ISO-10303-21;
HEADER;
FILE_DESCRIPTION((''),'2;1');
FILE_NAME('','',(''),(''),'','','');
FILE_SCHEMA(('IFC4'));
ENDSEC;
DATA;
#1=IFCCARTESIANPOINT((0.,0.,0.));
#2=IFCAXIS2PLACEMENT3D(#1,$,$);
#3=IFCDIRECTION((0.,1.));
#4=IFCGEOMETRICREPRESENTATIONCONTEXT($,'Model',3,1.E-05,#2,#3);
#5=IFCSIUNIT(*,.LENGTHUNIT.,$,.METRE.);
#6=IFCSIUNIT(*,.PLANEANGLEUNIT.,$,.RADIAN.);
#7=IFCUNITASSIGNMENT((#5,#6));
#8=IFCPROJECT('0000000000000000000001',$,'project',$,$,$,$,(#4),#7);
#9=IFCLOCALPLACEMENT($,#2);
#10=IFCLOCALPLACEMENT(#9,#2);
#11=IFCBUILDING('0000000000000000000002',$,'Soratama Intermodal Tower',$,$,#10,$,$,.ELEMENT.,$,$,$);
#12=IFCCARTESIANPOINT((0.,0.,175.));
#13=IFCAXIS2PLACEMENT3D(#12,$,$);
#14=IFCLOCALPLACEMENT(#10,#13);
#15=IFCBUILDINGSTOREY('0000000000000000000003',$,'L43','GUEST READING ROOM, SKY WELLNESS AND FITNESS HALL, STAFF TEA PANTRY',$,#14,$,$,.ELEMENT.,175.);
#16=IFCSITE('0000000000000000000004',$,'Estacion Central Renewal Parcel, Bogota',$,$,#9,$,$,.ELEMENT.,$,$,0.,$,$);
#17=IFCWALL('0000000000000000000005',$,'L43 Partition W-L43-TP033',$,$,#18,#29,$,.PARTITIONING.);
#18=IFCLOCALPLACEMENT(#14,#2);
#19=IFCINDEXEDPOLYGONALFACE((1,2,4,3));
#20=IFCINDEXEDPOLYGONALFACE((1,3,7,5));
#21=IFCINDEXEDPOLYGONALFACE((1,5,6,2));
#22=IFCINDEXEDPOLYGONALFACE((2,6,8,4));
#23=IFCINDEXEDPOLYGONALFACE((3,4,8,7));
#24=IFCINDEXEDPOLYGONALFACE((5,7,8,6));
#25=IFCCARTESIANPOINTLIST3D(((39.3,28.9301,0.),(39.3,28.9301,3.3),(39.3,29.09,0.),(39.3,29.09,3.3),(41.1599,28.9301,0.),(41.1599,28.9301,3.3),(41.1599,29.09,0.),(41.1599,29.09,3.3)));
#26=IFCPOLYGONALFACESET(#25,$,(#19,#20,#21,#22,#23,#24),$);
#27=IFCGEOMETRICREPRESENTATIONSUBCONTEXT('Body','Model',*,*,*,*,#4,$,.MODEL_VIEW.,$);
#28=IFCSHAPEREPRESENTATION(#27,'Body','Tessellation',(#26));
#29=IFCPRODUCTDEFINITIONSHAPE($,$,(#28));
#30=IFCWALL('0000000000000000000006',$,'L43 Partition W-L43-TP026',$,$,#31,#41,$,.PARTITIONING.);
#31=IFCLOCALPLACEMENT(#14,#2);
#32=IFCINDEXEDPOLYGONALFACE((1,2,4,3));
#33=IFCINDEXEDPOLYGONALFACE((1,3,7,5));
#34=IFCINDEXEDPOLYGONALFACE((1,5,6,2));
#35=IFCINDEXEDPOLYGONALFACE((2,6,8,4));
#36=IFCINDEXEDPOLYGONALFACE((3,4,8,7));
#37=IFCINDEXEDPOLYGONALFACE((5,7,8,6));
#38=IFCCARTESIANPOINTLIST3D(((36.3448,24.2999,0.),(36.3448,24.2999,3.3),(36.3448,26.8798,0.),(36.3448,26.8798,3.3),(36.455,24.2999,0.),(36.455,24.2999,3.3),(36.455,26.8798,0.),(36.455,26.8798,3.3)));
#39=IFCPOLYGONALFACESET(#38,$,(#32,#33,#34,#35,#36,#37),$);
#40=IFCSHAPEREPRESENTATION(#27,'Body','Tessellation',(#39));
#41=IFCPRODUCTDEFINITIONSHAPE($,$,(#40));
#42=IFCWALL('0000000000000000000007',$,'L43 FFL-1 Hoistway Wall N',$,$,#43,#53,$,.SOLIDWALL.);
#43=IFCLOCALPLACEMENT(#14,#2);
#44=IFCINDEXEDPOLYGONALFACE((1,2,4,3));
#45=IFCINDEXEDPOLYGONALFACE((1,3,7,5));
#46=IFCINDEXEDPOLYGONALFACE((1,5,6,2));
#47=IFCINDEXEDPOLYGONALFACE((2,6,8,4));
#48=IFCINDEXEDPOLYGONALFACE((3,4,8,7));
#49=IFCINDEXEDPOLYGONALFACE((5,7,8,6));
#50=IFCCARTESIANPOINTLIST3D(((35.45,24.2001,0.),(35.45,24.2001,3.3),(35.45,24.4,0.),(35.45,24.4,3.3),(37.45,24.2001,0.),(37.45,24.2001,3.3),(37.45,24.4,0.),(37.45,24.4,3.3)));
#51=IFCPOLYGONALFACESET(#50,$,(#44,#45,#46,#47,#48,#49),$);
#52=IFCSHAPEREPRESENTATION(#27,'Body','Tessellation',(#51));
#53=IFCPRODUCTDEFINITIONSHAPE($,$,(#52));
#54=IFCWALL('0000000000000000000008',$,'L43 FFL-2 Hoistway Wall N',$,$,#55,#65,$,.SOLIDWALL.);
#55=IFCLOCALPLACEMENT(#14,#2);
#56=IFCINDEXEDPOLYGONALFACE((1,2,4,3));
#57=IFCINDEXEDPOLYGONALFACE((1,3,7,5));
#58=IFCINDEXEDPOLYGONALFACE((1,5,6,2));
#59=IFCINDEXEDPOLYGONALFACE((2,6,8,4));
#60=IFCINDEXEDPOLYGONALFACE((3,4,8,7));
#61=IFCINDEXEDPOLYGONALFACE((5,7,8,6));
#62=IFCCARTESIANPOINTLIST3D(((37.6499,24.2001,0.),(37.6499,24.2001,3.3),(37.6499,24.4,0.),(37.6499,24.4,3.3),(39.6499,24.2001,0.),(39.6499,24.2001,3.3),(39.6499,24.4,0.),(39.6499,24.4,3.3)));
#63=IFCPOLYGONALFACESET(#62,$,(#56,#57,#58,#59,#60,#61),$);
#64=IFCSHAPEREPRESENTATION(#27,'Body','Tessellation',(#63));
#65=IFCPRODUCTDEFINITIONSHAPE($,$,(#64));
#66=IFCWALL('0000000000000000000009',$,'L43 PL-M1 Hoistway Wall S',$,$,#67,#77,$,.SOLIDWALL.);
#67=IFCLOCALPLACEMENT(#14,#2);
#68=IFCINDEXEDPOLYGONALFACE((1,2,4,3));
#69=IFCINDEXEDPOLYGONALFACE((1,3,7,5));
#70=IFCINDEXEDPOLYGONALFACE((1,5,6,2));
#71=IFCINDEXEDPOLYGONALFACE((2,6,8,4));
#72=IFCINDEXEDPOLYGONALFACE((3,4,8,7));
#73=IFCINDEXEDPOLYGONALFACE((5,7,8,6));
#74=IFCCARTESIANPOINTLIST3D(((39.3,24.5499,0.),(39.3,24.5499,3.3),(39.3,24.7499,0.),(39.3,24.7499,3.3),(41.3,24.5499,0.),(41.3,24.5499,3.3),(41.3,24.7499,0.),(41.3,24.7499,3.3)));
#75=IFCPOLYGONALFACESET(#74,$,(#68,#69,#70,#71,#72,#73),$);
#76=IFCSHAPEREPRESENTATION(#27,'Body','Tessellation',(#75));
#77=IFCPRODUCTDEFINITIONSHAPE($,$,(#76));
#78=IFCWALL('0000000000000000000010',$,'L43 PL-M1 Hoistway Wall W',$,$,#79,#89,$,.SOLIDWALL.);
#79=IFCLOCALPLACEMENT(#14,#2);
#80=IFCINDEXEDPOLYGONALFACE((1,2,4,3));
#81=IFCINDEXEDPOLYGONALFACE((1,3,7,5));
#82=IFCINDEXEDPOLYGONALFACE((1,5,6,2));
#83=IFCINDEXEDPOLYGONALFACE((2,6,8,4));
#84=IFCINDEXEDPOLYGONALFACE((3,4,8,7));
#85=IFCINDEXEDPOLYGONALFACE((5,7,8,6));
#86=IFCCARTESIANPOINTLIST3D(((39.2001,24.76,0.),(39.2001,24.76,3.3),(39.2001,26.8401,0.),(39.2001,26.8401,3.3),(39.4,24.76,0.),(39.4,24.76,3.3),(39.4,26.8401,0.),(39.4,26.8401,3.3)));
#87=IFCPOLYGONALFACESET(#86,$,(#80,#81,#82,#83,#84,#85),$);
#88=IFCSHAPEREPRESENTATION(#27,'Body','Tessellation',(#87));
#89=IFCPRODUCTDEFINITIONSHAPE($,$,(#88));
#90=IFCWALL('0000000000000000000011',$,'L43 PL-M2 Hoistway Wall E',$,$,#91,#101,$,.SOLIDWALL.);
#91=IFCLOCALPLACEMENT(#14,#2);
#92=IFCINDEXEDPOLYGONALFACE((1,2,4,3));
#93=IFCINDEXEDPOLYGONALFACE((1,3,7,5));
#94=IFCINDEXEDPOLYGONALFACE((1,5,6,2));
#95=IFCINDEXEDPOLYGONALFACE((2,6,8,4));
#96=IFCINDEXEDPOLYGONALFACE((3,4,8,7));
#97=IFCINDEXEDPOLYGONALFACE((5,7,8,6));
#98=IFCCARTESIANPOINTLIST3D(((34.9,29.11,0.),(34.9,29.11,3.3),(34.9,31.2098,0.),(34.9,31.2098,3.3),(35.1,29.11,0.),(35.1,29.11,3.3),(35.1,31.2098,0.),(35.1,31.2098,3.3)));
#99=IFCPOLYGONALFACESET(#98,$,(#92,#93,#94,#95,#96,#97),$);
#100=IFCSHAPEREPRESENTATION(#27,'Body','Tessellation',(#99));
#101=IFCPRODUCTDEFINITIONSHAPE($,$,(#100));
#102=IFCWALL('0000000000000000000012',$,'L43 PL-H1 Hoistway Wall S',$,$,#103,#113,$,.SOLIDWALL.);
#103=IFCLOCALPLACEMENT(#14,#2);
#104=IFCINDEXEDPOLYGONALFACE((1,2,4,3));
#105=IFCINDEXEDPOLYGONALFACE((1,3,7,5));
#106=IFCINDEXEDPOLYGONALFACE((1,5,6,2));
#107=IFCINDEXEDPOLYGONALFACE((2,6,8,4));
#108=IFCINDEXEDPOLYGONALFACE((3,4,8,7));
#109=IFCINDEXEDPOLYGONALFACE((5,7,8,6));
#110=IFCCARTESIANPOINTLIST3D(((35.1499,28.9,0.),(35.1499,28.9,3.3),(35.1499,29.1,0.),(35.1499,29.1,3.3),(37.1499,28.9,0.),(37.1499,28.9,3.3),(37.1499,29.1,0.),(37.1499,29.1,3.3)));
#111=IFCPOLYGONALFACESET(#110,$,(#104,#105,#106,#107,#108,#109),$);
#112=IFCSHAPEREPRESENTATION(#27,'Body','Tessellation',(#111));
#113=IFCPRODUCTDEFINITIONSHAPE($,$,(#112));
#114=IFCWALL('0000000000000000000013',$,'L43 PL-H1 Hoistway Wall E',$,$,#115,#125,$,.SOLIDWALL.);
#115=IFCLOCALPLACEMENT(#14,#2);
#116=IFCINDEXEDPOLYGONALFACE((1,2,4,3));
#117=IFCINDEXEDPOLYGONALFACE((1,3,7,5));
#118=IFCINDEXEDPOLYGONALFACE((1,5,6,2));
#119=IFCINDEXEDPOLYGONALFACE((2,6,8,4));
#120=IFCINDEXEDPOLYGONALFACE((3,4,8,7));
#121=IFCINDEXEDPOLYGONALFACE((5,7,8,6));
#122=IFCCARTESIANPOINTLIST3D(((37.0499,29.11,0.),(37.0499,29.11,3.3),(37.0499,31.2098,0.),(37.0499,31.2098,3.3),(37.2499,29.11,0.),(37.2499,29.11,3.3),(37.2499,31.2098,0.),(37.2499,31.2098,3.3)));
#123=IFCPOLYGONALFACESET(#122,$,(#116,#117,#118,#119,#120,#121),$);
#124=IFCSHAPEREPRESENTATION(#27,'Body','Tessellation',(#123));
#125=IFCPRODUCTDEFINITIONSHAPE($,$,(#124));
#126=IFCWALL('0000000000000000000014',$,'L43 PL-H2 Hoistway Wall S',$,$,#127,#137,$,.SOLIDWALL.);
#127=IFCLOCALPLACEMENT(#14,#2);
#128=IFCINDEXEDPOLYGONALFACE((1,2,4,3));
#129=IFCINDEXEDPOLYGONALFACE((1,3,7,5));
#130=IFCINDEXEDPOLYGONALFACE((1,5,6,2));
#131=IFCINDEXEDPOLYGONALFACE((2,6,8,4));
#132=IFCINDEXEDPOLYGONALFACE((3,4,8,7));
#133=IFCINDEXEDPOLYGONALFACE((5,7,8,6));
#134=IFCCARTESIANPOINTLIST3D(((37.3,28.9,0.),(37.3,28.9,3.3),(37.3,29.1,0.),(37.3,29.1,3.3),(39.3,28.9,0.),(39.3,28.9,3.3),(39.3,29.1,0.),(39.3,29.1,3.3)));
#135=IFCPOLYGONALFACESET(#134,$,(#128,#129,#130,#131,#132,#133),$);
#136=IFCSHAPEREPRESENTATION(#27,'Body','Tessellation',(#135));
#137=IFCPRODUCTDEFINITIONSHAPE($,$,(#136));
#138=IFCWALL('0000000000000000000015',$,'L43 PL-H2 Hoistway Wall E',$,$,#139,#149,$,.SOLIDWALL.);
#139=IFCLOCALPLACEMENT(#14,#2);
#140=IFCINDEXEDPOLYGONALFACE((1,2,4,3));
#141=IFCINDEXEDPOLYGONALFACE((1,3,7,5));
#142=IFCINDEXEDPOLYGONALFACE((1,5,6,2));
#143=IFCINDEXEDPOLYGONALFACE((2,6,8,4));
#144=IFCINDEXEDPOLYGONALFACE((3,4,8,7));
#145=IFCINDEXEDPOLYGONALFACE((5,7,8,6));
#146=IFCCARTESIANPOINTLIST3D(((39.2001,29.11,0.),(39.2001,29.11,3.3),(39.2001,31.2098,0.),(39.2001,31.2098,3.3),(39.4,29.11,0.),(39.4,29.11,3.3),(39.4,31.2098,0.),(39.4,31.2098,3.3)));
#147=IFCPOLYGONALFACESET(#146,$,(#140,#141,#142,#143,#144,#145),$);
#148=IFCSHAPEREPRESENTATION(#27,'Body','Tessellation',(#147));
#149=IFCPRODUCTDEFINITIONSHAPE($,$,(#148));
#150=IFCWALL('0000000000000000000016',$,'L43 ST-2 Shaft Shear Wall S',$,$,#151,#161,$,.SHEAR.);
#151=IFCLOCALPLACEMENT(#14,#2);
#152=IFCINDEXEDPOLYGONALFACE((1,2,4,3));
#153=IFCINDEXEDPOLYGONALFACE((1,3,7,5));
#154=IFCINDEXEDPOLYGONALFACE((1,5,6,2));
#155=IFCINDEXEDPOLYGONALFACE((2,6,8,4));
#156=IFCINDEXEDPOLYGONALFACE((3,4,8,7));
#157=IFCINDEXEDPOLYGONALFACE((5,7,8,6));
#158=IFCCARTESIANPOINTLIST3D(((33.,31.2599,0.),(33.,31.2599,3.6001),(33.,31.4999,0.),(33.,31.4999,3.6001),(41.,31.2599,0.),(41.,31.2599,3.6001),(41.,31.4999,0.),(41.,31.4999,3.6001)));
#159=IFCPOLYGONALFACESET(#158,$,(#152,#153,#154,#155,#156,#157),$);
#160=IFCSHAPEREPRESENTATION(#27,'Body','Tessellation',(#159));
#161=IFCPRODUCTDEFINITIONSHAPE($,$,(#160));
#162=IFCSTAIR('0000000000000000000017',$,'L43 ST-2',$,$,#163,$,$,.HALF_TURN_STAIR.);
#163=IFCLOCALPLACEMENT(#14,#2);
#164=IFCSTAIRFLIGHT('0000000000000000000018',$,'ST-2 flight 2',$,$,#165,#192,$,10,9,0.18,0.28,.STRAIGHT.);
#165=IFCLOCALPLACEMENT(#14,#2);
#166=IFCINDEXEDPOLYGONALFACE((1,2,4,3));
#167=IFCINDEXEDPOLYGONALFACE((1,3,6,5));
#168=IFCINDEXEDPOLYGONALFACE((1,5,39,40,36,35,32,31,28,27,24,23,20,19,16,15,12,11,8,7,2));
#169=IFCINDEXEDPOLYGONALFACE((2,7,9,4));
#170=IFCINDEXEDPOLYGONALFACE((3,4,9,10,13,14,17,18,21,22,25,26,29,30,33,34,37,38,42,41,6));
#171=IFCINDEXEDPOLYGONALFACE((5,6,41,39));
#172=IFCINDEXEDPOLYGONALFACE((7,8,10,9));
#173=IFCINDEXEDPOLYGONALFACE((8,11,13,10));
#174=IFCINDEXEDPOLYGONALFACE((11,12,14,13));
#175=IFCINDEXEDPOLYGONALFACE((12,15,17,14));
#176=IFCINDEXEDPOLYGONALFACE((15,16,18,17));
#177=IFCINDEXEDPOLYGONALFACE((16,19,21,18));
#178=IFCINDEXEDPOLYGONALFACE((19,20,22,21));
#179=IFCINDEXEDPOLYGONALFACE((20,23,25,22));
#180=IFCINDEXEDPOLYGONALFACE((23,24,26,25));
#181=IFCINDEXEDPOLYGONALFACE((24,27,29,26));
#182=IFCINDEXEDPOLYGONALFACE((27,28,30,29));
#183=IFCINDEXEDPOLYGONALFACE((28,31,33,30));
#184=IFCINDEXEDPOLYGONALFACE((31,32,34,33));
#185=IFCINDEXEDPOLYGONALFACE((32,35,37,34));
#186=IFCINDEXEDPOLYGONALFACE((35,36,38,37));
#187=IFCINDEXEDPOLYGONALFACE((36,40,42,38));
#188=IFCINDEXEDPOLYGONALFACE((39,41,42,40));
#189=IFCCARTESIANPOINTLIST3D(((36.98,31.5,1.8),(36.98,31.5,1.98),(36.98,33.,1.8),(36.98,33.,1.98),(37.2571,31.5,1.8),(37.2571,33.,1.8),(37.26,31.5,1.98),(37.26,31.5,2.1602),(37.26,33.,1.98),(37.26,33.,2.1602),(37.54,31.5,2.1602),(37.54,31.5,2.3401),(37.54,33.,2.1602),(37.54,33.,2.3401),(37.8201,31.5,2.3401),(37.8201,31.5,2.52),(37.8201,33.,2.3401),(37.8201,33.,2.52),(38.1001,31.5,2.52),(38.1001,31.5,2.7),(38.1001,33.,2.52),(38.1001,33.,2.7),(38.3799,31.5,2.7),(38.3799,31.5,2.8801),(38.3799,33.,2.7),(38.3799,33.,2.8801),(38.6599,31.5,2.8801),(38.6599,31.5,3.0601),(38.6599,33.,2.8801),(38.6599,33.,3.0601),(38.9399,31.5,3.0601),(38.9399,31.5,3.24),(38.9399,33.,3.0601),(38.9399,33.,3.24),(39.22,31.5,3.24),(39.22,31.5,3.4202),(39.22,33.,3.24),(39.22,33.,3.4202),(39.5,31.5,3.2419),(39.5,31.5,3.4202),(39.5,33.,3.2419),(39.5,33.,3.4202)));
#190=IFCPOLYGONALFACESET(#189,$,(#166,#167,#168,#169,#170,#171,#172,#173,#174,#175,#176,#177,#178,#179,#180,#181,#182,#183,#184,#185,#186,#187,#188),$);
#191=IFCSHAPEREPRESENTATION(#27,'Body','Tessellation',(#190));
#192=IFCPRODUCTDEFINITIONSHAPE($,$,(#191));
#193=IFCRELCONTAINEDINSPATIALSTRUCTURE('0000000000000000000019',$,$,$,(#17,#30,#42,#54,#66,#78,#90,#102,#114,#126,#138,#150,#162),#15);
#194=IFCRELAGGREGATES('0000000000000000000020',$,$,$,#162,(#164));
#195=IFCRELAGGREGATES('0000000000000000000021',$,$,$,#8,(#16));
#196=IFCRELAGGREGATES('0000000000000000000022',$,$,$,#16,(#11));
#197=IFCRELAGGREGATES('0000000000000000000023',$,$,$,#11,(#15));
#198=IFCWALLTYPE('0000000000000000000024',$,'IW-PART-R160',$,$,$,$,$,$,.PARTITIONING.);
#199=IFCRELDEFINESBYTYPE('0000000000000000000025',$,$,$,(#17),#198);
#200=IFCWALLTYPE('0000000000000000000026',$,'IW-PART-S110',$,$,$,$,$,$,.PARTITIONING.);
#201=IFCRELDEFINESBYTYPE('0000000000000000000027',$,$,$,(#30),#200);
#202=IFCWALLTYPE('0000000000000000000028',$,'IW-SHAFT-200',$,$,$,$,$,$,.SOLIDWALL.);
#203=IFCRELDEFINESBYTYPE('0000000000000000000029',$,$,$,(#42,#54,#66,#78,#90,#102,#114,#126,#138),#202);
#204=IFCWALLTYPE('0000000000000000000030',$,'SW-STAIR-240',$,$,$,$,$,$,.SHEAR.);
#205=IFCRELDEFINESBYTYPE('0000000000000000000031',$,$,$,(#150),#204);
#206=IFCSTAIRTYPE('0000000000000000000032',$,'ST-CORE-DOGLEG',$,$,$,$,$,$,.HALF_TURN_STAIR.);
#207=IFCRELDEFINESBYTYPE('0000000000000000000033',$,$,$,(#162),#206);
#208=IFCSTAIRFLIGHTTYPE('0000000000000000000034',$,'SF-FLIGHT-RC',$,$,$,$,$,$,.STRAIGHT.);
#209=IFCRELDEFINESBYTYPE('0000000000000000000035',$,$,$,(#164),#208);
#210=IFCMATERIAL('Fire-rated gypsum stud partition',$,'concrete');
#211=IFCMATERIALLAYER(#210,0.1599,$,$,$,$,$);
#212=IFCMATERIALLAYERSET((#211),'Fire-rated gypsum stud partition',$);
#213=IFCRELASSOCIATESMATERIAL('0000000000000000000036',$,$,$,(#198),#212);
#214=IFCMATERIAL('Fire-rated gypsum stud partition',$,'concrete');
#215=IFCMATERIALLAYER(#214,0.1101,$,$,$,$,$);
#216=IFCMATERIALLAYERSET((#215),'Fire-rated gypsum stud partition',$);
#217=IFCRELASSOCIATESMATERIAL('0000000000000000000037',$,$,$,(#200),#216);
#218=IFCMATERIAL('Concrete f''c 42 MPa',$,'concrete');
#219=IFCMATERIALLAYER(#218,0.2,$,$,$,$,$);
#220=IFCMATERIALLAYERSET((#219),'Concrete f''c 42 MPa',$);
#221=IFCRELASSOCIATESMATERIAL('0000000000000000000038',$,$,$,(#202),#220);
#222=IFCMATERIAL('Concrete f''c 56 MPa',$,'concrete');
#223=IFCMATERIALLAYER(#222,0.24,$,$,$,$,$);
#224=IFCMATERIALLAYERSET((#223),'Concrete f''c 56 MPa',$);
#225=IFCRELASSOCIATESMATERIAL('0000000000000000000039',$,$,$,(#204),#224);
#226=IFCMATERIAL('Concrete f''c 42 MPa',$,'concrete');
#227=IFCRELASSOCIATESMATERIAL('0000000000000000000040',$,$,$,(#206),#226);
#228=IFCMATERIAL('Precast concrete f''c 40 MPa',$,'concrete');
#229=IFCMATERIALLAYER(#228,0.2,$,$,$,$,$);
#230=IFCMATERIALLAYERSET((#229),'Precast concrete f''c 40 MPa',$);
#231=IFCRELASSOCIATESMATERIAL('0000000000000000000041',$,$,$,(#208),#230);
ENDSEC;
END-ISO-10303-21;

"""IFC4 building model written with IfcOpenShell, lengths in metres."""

from ifc_helpers import new_model, si_unit, direction, frame, frame_2d, origin, place, context, subcontext, project, spatial, polyline, rectangle, outline, extrude, material, layer, layer_set, type_object, element, aggregate, save


model = new_model("IFC4")

# Units and contexts
model_context = context("Model", 3, precision=1e-05, world=origin(), true_north=direction((0.0, 1.0)))
body_context = subcontext(model_context, "Body", "Model", "MODEL_VIEW")
ifc_project = project(units=[si_unit("LENGTHUNIT", "METRE"), si_unit("PLANEANGLEUNIT", "RADIAN")], contexts=[model_context])

# Site, building, storey
site_placement = place(None, origin())
site = spatial("IfcSite", under=ifc_project, at=site_placement, Name="Estacion Central Renewal Parcel, Bogota", CompositionType="ELEMENT", RefElevation=0.0)
building_placement = place(site_placement, origin())
building = spatial("IfcBuilding", under=site, at=building_placement, Name="Soratama Intermodal Tower", CompositionType="ELEMENT")
storey_placement = place(building_placement, frame((0.0, 0.0, 175.0)))
storey = spatial("IfcBuildingStorey", under=building, at=storey_placement, Name="L43", Description="GUEST READING ROOM, SKY WELLNESS AND FITNESS HALL, STAFF TEA PANTRY", CompositionType="ELEMENT", Elevation=175.0)

# Shared definitions
ifc_material_1 = material(Name="Fire-rated gypsum stud partition", Category="concrete")
ifc_layer_1 = layer(ifc_material_1, 0.1599)
ifc_layer_set_1 = layer_set([ifc_layer_1], Name="Fire-rated gypsum stud partition")
wall_type_1 = type_object("IfcWallType", Name="IW-PART-R160", PredefinedType="PARTITIONING", material=ifc_layer_set_1)

# Walls
wall_1_placement = place(storey_placement, frame((39.3, 29.01, 0.0), z_axis=(0.0, 0.0, 1.0), x_axis=(1.0, 0.0, 0.0)))
element("IfcWall", 1, at=wall_1_placement, inside=storey, type_object=wall_type_1, Name="L43 Partition W-L43-TP033", PredefinedType="PARTITIONING", context=body_context, shape_type="SweptSolid", body=[
    extrude(rectangle(XDim=1.8599, YDim=0.1599, at=frame_2d((0.9299, 0.0))), origin(), (0.0, 0.0, 1.0), 3.3),
])
ifc_material_2 = material(Name="Fire-rated gypsum stud partition", Category="concrete")
ifc_layer_2 = layer(ifc_material_2, 0.1101)
ifc_layer_set_2 = layer_set([ifc_layer_2], Name="Fire-rated gypsum stud partition")
wall_type_2 = type_object("IfcWallType", Name="IW-PART-S110", PredefinedType="PARTITIONING", material=ifc_layer_set_2)
wall_2_placement = place(storey_placement, frame((36.3999, 26.8799, 0.0), z_axis=(0.0, 0.0, 1.0), x_axis=(0.0, -1.0, 0.0)))
element("IfcWall", 2, at=wall_2_placement, inside=storey, type_object=wall_type_2, Name="L43 Partition W-L43-TP026", PredefinedType="PARTITIONING", context=body_context, shape_type="SweptSolid", body=[
    extrude(rectangle(XDim=2.5798, YDim=0.1101, at=frame_2d((1.29, 0.0))), origin(), (0.0, 0.0, 1.0), 3.3),
])
ifc_material_3 = material(Name="Concrete f'c 42 MPa", Category="concrete")
ifc_layer_3 = layer(ifc_material_3, 0.2)
ifc_layer_set_3 = layer_set([ifc_layer_3], Name="Concrete f'c 42 MPa")
wall_type_3 = type_object("IfcWallType", Name="IW-SHAFT-200", PredefinedType="SOLIDWALL", material=ifc_layer_set_3)
for number, where, z_axis, x_axis, name in (
    (3, (35.45, 24.3, 0.0), (0.0, 0.0, 1.0), (1.0, 0.0, 0.0), "L43 FFL-1 Hoistway Wall N"),
    (4, (37.6499, 24.3, 0.0), (0.0, 0.0, 1.0), (1.0, 0.0, 0.0), "L43 FFL-2 Hoistway Wall N"),
    (5, (39.3, 24.6499, 0.0), (0.0, 0.0, 1.0), (1.0, 0.0, 0.0), "L43 PL-M1 Hoistway Wall S"),
):
    element("IfcWall", number, at=place(storey_placement, frame(where, z_axis=z_axis, x_axis=x_axis)), inside=storey, type_object=wall_type_3, Name=name, PredefinedType="SOLIDWALL", context=body_context, shape_type="SweptSolid", body=[
        extrude(rectangle(XDim=2.0, YDim=0.2, at=frame_2d((1.0, 0.0))), origin(), (0.0, 0.0, 1.0), 3.3),
    ])

# Walls
wall_3_placement = place(storey_placement, frame((39.3, 24.76, 0.0), z_axis=(0.0, 0.0, 1.0), x_axis=(0.0, 1.0, 0.0)))
element("IfcWall", 6, at=wall_3_placement, inside=storey, type_object=wall_type_3, Name="L43 PL-M1 Hoistway Wall W", PredefinedType="SOLIDWALL", context=body_context, shape_type="SweptSolid", body=[
    extrude(rectangle(XDim=2.0801, YDim=0.2, at=frame_2d((1.04, 0.0))), origin(), (0.0, 0.0, 1.0), 3.3),
])
wall_4_placement = place(storey_placement, frame((35.0, 29.1101, 0.0), z_axis=(0.0, 0.0, 1.0), x_axis=(0.0, 1.0, 0.0)))
element("IfcWall", 7, at=wall_4_placement, inside=storey, type_object=wall_type_3, Name="L43 PL-M2 Hoistway Wall E", PredefinedType="SOLIDWALL", context=body_context, shape_type="SweptSolid", body=[
    extrude(rectangle(XDim=2.0999, YDim=0.2, at=frame_2d((1.0498, 0.0))), origin(), (0.0, 0.0, 1.0), 3.3),
])
wall_5_placement = place(storey_placement, frame((35.1499, 29.0, 0.0), z_axis=(0.0, 0.0, 1.0), x_axis=(1.0, 0.0, 0.0)))
element("IfcWall", 8, at=wall_5_placement, inside=storey, type_object=wall_type_3, Name="L43 PL-H1 Hoistway Wall S", PredefinedType="SOLIDWALL", context=body_context, shape_type="SweptSolid", body=[
    extrude(rectangle(XDim=2.0, YDim=0.2, at=frame_2d((1.0, 0.0))), origin(), (0.0, 0.0, 1.0), 3.3),
])
wall_6_placement = place(storey_placement, frame((37.1499, 29.1101, 0.0), z_axis=(0.0, 0.0, 1.0), x_axis=(0.0, 1.0, 0.0)))
element("IfcWall", 9, at=wall_6_placement, inside=storey, type_object=wall_type_3, Name="L43 PL-H1 Hoistway Wall E", PredefinedType="SOLIDWALL", context=body_context, shape_type="SweptSolid", body=[
    extrude(rectangle(XDim=2.0999, YDim=0.2, at=frame_2d((1.0498, 0.0))), origin(), (0.0, 0.0, 1.0), 3.3),
])
wall_7_placement = place(storey_placement, frame((37.3, 29.0, 0.0), z_axis=(0.0, 0.0, 1.0), x_axis=(1.0, 0.0, 0.0)))
element("IfcWall", 10, at=wall_7_placement, inside=storey, type_object=wall_type_3, Name="L43 PL-H2 Hoistway Wall S", PredefinedType="SOLIDWALL", context=body_context, shape_type="SweptSolid", body=[
    extrude(rectangle(XDim=2.0, YDim=0.2, at=frame_2d((1.0, 0.0))), origin(), (0.0, 0.0, 1.0), 3.3),
])
wall_8_placement = place(storey_placement, frame((39.3, 29.1101, 0.0), z_axis=(0.0, 0.0, 1.0), x_axis=(0.0, 1.0, 0.0)))
element("IfcWall", 11, at=wall_8_placement, inside=storey, type_object=wall_type_3, Name="L43 PL-H2 Hoistway Wall E", PredefinedType="SOLIDWALL", context=body_context, shape_type="SweptSolid", body=[
    extrude(rectangle(XDim=2.0999, YDim=0.2, at=frame_2d((1.0498, 0.0))), origin(), (0.0, 0.0, 1.0), 3.3),
])

# Shared definitions
ifc_material_4 = material(Name="Concrete f'c 56 MPa", Category="concrete")
ifc_layer_4 = layer(ifc_material_4, 0.24)
ifc_layer_set_4 = layer_set([ifc_layer_4], Name="Concrete f'c 56 MPa")
wall_type_4 = type_object("IfcWallType", Name="SW-STAIR-240", PredefinedType="SHEAR", material=ifc_layer_set_4)

# Wall
wall_9_placement = place(storey_placement, frame((33.0, 31.3799, 0.0), z_axis=(0.0, 0.0, 1.0), x_axis=(1.0, 0.0, 0.0)))
element("IfcWall", 12, at=wall_9_placement, inside=storey, type_object=wall_type_4, Name="L43 ST-2 Shaft Shear Wall S", PredefinedType="SHEAR", context=body_context, shape_type="SweptSolid", body=[
    extrude(rectangle(XDim=8.0, YDim=0.24, at=frame_2d((4.0, 0.0))), origin(), (0.0, 0.0, 1.0), 3.6001),
])

# Stair, stair flight
ifc_material_5 = material(Name="Concrete f'c 42 MPa", Category="concrete")
stair_type = type_object("IfcStairType", Name="ST-CORE-DOGLEG", PredefinedType="HALF_TURN_STAIR", material=ifc_material_5)
stair_placement = place(storey_placement, origin())
stair = element("IfcStair", 13, at=stair_placement, inside=storey, type_object=stair_type, Name="L43 ST-2", PredefinedType="HALF_TURN_STAIR")
ifc_material_6 = material(Name="Precast concrete f'c 40 MPa", Category="concrete")
ifc_layer_5 = layer(ifc_material_6, 0.2)
ifc_layer_set_5 = layer_set([ifc_layer_5], Name="Precast concrete f'c 40 MPa")
stair_flight_type = type_object("IfcStairFlightType", Name="SF-FLIGHT-RC", PredefinedType="STRAIGHT", material=ifc_layer_set_5)
stair_flight_placement = place(storey_placement, frame((36.98, 32.25, 1.8), z_axis=(0.0, 0.0, 1.0), x_axis=(1.0, 0.0, 0.0)))
stair_flight = element("IfcStairFlight", 14, at=stair_flight_placement, type_object=stair_flight_type, Name="ST-2 flight 2", NumberOfRisers=10, NumberOfTreads=9, PredefinedType="STRAIGHT", RiserHeight=0.18, TreadLength=0.28, context=body_context, shape_type="SweptSolid", body=[
    extrude(outline(polyline([(0.0, 0.0), (0.0, 0.1799), (0.28, 0.1799), (0.28, 0.3601), (0.5601, 0.3601), (0.5601, 0.54), (0.8401, 0.54), (0.8401, 0.72), (1.1201, 0.72), (1.1201, 0.8999), (1.3999, 0.8999), (1.3999, 1.0801), (1.6799, 1.0801), (1.6799, 1.26), (1.96, 1.26), (1.96, 1.4399), (2.24, 1.4399), (2.24, 1.6201), (2.52, 1.6201), (2.52, 1.8), (2.52, 1.4419), (0.2771, 0.0), (0.0, 0.0)])), frame((0.0, 0.75, 0.0), z_axis=(0.0, -1.0, 0.0), x_axis=(1.0, 0.0, 0.0)), (0.0, 0.0, 1.0), 1.5),
])
aggregate(stair, [stair_flight])

save(model, "model.ifc")
